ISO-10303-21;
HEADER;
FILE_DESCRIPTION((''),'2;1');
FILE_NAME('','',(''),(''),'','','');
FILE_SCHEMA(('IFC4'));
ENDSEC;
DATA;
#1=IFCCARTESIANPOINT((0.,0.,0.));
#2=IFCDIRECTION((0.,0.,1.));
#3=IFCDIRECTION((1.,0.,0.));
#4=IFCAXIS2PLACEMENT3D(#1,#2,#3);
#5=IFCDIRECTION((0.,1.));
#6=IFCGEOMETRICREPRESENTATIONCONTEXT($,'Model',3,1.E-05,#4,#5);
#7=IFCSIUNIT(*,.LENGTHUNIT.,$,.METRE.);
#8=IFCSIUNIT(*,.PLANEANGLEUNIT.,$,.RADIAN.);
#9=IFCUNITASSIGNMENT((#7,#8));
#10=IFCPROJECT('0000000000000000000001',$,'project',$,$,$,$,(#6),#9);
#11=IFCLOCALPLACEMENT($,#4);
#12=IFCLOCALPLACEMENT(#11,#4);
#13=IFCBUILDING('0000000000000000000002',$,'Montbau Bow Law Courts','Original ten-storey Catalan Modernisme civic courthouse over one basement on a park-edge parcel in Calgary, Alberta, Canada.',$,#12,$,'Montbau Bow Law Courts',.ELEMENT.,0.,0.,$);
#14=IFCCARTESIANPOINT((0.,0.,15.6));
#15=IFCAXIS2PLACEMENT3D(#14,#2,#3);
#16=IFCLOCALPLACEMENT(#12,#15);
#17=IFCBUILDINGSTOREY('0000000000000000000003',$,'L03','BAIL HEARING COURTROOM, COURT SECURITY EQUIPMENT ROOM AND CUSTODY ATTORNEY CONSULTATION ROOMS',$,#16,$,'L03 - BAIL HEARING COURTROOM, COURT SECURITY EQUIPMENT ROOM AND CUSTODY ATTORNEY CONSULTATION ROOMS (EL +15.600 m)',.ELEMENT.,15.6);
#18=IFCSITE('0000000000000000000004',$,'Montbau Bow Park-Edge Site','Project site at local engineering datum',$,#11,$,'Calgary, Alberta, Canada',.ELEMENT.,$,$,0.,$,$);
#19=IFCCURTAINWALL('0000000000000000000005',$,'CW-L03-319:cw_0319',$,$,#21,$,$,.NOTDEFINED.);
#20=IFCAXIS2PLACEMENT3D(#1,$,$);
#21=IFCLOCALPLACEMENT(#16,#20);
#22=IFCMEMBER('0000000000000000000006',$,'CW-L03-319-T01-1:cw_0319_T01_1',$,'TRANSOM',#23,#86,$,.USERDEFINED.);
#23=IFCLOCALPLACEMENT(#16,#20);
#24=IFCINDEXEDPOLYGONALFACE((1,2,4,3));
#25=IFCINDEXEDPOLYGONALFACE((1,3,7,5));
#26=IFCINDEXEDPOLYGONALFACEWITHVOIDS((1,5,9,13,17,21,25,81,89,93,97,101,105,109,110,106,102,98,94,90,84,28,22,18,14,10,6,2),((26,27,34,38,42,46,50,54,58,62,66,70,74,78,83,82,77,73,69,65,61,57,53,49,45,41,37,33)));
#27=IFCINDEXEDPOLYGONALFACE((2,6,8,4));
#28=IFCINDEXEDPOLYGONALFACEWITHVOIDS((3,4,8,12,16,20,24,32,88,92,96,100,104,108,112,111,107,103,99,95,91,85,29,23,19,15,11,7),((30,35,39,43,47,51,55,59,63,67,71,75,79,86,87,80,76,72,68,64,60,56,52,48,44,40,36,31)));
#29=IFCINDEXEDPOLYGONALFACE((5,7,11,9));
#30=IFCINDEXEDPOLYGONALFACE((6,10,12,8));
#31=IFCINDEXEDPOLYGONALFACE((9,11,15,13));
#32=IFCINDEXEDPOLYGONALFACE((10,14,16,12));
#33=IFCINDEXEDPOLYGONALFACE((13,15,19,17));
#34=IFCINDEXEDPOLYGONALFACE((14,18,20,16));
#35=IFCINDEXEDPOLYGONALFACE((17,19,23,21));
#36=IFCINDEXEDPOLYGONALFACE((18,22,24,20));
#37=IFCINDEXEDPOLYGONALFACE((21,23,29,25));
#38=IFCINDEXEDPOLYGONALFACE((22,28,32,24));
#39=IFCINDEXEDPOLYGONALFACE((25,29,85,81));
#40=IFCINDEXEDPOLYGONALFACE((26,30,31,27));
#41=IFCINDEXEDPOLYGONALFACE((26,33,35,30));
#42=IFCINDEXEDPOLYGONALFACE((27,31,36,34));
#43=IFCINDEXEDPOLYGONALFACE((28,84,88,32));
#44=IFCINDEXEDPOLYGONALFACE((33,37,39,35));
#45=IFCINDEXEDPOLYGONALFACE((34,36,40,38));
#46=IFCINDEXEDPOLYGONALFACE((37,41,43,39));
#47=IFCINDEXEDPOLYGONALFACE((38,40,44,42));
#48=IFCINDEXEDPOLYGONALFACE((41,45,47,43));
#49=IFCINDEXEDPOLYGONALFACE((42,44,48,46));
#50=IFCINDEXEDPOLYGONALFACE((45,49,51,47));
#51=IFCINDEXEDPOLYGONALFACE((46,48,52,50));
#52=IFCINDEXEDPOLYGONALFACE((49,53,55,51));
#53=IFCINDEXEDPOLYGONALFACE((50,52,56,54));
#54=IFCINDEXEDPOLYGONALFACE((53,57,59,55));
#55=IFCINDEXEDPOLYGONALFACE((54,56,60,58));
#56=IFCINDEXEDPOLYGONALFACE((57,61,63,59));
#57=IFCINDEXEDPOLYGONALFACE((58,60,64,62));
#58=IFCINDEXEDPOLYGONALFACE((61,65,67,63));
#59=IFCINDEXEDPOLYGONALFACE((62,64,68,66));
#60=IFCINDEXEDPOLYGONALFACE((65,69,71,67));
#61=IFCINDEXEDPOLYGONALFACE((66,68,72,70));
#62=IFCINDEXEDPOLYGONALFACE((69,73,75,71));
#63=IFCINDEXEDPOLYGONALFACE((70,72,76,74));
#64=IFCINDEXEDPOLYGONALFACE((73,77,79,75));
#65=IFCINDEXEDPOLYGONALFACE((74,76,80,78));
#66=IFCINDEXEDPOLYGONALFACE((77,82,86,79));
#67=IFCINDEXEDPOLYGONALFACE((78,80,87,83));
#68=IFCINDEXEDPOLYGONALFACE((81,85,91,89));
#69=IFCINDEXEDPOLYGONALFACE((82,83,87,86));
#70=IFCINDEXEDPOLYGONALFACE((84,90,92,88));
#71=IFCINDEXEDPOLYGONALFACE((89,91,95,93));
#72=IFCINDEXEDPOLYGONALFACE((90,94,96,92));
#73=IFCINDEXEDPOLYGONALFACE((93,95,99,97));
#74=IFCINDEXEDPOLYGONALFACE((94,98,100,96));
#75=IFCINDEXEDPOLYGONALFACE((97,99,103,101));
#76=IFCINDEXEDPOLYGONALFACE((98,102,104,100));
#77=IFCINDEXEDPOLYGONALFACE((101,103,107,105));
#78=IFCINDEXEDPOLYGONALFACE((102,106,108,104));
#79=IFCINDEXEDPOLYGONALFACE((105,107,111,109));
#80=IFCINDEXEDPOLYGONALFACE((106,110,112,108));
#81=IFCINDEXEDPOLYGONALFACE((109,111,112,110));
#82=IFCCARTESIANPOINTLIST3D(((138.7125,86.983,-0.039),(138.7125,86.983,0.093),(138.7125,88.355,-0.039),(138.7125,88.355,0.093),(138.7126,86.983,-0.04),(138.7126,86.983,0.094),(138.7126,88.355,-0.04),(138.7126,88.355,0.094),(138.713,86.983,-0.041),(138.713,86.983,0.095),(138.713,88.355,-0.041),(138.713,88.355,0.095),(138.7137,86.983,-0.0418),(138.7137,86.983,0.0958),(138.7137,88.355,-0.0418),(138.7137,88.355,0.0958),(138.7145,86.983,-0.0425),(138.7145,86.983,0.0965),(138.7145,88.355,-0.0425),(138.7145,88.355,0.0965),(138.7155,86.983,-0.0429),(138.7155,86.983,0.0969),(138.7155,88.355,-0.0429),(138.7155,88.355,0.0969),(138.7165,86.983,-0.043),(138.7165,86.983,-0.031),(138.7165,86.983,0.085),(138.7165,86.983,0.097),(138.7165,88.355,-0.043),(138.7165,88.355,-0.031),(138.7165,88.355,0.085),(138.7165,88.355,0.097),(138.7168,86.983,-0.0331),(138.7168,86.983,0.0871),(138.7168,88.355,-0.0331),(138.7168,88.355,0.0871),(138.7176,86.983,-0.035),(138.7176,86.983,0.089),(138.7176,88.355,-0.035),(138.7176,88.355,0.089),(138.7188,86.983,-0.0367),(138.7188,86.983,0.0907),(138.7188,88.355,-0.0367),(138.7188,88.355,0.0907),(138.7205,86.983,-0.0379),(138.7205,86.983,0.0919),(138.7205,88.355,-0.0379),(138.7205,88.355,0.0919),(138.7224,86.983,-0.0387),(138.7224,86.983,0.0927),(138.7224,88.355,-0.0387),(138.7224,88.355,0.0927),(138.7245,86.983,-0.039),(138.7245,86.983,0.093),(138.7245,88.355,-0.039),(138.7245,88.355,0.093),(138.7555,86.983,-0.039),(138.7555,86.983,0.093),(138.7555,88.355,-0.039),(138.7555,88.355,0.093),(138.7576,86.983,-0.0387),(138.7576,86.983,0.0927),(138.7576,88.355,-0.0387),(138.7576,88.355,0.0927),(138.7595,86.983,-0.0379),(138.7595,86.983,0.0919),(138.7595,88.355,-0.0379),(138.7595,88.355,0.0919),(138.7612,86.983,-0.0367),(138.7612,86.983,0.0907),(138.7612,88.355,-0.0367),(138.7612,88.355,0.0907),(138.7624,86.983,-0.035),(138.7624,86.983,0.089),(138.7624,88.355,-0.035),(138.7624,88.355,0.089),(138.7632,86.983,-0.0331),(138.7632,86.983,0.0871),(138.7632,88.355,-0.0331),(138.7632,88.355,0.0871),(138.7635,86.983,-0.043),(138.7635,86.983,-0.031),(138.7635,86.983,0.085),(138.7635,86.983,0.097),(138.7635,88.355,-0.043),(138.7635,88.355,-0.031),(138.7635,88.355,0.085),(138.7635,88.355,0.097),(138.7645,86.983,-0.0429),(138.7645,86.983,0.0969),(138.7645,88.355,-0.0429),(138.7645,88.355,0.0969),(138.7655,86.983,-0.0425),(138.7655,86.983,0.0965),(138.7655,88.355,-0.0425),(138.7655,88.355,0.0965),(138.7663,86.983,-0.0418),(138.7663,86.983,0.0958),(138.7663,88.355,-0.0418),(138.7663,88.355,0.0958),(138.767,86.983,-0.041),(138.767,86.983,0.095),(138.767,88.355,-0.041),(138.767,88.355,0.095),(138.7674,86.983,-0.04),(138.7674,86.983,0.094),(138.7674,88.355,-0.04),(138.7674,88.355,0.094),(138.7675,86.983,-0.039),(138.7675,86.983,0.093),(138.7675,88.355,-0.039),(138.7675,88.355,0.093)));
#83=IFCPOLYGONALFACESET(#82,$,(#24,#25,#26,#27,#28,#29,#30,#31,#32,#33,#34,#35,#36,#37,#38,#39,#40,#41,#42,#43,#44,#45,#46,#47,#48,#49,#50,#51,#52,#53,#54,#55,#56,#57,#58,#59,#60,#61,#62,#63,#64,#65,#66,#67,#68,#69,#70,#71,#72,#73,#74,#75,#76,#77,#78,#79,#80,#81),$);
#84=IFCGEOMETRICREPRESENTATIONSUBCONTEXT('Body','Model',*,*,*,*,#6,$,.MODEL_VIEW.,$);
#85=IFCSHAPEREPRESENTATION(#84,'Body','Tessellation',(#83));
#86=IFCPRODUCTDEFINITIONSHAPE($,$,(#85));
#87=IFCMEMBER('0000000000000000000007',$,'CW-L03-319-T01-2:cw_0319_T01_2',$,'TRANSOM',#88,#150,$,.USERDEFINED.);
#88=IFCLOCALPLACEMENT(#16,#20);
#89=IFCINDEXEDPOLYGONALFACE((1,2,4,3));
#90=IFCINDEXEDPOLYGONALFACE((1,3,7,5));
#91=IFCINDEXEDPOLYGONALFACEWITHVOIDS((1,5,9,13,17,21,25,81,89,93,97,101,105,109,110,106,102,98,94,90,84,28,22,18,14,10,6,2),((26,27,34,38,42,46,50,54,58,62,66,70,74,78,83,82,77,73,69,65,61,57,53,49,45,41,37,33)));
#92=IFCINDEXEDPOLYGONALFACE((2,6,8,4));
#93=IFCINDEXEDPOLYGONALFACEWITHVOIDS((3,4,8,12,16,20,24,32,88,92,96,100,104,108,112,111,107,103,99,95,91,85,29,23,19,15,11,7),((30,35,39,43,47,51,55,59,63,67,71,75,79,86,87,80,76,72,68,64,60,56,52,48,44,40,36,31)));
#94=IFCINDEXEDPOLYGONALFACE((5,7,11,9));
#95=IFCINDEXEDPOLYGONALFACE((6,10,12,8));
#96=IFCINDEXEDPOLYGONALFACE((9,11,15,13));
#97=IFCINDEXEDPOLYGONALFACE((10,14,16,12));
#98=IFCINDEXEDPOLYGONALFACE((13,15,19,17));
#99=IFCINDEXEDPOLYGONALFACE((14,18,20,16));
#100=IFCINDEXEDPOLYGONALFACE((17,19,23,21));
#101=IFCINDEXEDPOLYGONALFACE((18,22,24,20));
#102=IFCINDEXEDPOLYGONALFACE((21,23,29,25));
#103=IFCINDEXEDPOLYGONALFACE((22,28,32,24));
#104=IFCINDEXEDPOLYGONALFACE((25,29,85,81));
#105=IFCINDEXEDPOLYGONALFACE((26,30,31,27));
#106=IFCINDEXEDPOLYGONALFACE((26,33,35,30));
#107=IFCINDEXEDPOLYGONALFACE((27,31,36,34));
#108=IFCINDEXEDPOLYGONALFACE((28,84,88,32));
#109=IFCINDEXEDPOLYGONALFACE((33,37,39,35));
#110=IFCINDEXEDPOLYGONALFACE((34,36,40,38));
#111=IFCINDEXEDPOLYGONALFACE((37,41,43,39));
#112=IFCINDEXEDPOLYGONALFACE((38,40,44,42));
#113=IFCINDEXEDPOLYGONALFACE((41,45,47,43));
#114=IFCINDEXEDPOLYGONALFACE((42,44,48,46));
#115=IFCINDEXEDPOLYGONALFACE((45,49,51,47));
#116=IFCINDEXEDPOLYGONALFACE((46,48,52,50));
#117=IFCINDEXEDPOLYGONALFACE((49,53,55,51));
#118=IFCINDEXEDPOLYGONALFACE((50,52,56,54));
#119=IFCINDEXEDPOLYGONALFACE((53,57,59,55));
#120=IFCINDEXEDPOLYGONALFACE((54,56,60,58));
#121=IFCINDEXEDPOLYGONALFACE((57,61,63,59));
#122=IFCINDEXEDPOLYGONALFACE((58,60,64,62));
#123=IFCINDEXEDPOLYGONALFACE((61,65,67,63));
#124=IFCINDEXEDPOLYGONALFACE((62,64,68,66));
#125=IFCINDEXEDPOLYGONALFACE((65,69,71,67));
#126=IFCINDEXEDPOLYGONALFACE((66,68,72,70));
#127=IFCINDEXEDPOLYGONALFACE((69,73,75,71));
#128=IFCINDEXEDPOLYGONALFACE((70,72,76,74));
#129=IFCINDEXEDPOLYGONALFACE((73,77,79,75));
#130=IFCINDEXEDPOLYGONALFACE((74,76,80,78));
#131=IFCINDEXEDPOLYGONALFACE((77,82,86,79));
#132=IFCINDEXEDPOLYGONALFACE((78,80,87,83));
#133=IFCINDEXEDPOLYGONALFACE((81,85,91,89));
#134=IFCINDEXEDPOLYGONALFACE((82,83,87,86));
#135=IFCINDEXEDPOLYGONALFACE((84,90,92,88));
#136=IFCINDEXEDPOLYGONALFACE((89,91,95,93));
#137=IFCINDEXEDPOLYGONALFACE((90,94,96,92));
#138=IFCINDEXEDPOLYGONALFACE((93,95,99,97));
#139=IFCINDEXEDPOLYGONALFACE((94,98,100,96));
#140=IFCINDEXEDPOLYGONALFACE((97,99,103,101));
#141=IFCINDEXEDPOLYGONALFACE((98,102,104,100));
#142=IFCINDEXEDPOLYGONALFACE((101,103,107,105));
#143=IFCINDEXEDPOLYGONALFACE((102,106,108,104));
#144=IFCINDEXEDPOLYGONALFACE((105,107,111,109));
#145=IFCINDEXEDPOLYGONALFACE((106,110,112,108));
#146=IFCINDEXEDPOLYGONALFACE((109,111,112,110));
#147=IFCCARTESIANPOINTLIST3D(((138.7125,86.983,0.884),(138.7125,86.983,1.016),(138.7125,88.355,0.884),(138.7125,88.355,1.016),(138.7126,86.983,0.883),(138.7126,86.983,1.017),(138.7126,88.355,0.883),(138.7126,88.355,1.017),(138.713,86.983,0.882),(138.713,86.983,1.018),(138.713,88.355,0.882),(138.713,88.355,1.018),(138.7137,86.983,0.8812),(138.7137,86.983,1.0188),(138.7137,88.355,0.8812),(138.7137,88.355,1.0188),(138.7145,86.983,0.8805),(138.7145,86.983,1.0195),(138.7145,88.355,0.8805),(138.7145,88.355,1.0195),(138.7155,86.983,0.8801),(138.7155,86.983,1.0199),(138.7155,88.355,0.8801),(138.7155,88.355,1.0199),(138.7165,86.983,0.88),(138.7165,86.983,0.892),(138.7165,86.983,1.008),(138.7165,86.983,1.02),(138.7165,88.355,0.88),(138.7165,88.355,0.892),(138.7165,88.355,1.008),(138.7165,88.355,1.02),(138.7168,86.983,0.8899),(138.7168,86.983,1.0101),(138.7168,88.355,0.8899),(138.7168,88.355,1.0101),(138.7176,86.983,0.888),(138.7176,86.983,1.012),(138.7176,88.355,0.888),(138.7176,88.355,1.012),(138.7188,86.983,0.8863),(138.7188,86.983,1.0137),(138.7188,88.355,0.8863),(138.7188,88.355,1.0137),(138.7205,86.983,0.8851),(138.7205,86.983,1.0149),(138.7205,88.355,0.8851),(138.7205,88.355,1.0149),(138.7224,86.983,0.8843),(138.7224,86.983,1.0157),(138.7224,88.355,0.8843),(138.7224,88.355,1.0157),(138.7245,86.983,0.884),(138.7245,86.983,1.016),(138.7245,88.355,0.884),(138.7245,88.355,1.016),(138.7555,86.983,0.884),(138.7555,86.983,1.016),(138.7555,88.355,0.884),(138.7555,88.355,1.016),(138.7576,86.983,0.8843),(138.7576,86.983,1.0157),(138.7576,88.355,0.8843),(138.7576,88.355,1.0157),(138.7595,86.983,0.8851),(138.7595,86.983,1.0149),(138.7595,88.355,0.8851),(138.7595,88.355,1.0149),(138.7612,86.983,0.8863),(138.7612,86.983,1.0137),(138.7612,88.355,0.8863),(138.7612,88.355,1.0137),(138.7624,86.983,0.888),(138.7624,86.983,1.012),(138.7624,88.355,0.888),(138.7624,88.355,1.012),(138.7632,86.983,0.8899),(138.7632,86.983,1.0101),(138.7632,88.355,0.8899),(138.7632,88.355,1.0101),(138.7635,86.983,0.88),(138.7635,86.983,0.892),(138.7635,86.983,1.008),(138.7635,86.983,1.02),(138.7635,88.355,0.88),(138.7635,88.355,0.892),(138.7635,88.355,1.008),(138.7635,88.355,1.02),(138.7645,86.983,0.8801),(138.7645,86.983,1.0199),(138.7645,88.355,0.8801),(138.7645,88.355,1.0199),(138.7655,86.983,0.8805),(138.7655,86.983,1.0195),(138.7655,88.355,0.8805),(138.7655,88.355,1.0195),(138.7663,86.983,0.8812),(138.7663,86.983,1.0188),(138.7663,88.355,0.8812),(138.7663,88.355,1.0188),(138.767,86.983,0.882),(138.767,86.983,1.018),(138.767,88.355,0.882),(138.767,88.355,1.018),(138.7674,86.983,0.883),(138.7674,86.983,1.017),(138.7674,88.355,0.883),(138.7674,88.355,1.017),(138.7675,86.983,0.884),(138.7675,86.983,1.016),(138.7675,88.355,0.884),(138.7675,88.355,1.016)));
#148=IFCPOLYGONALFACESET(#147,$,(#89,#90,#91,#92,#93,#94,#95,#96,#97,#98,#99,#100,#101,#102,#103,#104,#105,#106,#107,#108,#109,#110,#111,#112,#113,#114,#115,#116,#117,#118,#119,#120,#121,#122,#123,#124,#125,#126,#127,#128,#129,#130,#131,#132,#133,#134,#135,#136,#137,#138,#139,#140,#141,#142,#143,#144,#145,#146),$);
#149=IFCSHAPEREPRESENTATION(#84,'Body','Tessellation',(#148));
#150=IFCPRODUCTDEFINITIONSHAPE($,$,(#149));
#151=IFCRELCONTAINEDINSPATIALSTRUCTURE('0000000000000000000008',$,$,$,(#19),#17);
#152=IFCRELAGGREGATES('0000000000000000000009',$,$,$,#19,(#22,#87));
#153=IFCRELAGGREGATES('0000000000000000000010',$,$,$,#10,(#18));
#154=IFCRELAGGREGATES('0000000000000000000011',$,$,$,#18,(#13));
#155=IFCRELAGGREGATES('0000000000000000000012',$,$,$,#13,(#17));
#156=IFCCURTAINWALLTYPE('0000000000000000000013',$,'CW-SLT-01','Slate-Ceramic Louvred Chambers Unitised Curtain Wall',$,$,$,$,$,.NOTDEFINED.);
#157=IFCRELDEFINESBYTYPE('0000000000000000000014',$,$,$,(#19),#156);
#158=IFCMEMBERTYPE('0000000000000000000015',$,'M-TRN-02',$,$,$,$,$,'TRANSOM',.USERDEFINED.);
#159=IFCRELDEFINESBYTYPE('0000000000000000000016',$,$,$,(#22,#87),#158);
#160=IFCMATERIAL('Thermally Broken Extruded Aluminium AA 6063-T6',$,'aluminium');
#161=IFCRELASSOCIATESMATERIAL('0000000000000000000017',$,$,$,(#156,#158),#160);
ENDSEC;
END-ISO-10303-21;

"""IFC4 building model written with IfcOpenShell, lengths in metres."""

from ifc_helpers import new_model, si_unit, direction, frame, origin_with_axes, origin_2d_with_axis, place, context, subcontext, project, spatial, hollow_rectangle, extrude, material, material_profile, profile_set, type_object, element, aggregate, save


model = new_model("IFC4")

# Units and contexts
model_context = context("Model", 3, precision=1e-05, world=origin_with_axes(), true_north=direction((0.0, 1.0)))
body_context = subcontext(model_context, "Body", "Model", "MODEL_VIEW")
ifc_project = project(units=[si_unit("LENGTHUNIT", "METRE"), si_unit("PLANEANGLEUNIT", "RADIAN")], contexts=[model_context])

# Site, building, storey
site_placement = place(None, origin_with_axes())
site = spatial("IfcSite", under=ifc_project, at=site_placement, Name="Montbau Bow Park-Edge Site", Description="Project site at local engineering datum", LongName="Calgary, Alberta, Canada", CompositionType="ELEMENT", RefElevation=0.0)
building_placement = place(site_placement, origin_with_axes())
building = spatial("IfcBuilding", under=site, at=building_placement, Name="Montbau Bow Law Courts", Description="Original ten-storey Catalan Modernisme civic courthouse over one basement on a park-edge parcel in Calgary, Alberta, Canada.", LongName="Montbau Bow Law Courts", CompositionType="ELEMENT", ElevationOfRefHeight=0.0, ElevationOfTerrain=0.0)
storey_placement = place(building_placement, frame((0.0, 0.0, 15.6), z_axis=(0.0, 0.0, 1.0), x_axis=(1.0, 0.0, 0.0)))
storey = spatial("IfcBuildingStorey", under=building, at=storey_placement, Name="L03", Description="BAIL HEARING COURTROOM, COURT SECURITY EQUIPMENT ROOM AND CUSTODY ATTORNEY CONSULTATION ROOMS", LongName="L03 - BAIL HEARING COURTROOM, COURT SECURITY EQUIPMENT ROOM AND CUSTODY ATTORNEY CONSULTATION ROOMS (EL +15.600 m)", CompositionType="ELEMENT", Elevation=15.6)

# Curtain wall
ifc_material_1 = material(Name="Thermally Broken Extruded Aluminium AA 6063-T6", Category="aluminium")
curtain_wall_type = type_object("IfcCurtainWallType", Name="CW-SLT-01", Description="Slate-Ceramic Louvred Chambers Unitised Curtain Wall", PredefinedType="NOTDEFINED", material=ifc_material_1)
curtain_wall_1_placement = place(None, frame((138.74, 86.915, 15.6), z_axis=(0.0, 0.0, 1.0), x_axis=(1.0, 0.0, 0.0)))
curtain_wall_1 = element("IfcCurtainWall", 1, at=curtain_wall_1_placement, inside=storey, type_object=curtain_wall_type, Name="CW-L03-319:cw_0319", PredefinedType="NOTDEFINED")

# Members
ifc_material_profile_1 = material_profile(ifc_material_1, hollow_rectangle(XDim=0.055, YDim=0.14, WallThickness=0.004, InnerFilletRadius=0.008, OuterFilletRadius=0.004, at=origin_2d_with_axis()), Name="CWT-140X55", Category="Main", Priority=0)
ifc_profile_set_1 = profile_set([ifc_material_profile_1], Name="Thermally Broken Extruded Aluminium AA 6063-T6")
member_type_1 = type_object("IfcMemberType", Name="M-TRN-02", ElementType="TRANSOM", PredefinedType="USERDEFINED", material=ifc_profile_set_1)
member_1_placement = place(None, frame((138.74, 86.983, 15.627), z_axis=(0.0, 1.0, 0.0), x_axis=(-1.0, 0.0, 0.0)))
member_1 = element("IfcMember", 2, at=member_1_placement, type_object=member_type_1, Name="CW-L03-319-T01-1:cw_0319_T01_1", ObjectType="TRANSOM", PredefinedType="USERDEFINED", context=body_context, shape_type="SweptSolid", body=[
    extrude(hollow_rectangle(XDim=0.055, YDim=0.14, WallThickness=0.004, InnerFilletRadius=0.008, OuterFilletRadius=0.004, at=origin_2d_with_axis()), origin_with_axes(), (0.0, 0.0, 1.0), 1.372),
])
member_2_placement = place(None, frame((138.74, 86.983, 16.55), z_axis=(0.0, 1.0, 0.0), x_axis=(-1.0, 0.0, 0.0)))
member_2 = element("IfcMember", 3, at=member_2_placement, type_object=member_type_1, Name="CW-L03-319-T01-2:cw_0319_T01_2", ObjectType="TRANSOM", PredefinedType="USERDEFINED", context=body_context, shape_type="SweptSolid", body=[
    extrude(hollow_rectangle(XDim=0.055, YDim=0.14, WallThickness=0.004, InnerFilletRadius=0.008, OuterFilletRadius=0.004, at=origin_2d_with_axis()), origin_with_axes(), (0.0, 0.0, 1.0), 1.372),
])

aggregate(curtain_wall_1, [member_1, member_2])

save(model, "model.ifc")
